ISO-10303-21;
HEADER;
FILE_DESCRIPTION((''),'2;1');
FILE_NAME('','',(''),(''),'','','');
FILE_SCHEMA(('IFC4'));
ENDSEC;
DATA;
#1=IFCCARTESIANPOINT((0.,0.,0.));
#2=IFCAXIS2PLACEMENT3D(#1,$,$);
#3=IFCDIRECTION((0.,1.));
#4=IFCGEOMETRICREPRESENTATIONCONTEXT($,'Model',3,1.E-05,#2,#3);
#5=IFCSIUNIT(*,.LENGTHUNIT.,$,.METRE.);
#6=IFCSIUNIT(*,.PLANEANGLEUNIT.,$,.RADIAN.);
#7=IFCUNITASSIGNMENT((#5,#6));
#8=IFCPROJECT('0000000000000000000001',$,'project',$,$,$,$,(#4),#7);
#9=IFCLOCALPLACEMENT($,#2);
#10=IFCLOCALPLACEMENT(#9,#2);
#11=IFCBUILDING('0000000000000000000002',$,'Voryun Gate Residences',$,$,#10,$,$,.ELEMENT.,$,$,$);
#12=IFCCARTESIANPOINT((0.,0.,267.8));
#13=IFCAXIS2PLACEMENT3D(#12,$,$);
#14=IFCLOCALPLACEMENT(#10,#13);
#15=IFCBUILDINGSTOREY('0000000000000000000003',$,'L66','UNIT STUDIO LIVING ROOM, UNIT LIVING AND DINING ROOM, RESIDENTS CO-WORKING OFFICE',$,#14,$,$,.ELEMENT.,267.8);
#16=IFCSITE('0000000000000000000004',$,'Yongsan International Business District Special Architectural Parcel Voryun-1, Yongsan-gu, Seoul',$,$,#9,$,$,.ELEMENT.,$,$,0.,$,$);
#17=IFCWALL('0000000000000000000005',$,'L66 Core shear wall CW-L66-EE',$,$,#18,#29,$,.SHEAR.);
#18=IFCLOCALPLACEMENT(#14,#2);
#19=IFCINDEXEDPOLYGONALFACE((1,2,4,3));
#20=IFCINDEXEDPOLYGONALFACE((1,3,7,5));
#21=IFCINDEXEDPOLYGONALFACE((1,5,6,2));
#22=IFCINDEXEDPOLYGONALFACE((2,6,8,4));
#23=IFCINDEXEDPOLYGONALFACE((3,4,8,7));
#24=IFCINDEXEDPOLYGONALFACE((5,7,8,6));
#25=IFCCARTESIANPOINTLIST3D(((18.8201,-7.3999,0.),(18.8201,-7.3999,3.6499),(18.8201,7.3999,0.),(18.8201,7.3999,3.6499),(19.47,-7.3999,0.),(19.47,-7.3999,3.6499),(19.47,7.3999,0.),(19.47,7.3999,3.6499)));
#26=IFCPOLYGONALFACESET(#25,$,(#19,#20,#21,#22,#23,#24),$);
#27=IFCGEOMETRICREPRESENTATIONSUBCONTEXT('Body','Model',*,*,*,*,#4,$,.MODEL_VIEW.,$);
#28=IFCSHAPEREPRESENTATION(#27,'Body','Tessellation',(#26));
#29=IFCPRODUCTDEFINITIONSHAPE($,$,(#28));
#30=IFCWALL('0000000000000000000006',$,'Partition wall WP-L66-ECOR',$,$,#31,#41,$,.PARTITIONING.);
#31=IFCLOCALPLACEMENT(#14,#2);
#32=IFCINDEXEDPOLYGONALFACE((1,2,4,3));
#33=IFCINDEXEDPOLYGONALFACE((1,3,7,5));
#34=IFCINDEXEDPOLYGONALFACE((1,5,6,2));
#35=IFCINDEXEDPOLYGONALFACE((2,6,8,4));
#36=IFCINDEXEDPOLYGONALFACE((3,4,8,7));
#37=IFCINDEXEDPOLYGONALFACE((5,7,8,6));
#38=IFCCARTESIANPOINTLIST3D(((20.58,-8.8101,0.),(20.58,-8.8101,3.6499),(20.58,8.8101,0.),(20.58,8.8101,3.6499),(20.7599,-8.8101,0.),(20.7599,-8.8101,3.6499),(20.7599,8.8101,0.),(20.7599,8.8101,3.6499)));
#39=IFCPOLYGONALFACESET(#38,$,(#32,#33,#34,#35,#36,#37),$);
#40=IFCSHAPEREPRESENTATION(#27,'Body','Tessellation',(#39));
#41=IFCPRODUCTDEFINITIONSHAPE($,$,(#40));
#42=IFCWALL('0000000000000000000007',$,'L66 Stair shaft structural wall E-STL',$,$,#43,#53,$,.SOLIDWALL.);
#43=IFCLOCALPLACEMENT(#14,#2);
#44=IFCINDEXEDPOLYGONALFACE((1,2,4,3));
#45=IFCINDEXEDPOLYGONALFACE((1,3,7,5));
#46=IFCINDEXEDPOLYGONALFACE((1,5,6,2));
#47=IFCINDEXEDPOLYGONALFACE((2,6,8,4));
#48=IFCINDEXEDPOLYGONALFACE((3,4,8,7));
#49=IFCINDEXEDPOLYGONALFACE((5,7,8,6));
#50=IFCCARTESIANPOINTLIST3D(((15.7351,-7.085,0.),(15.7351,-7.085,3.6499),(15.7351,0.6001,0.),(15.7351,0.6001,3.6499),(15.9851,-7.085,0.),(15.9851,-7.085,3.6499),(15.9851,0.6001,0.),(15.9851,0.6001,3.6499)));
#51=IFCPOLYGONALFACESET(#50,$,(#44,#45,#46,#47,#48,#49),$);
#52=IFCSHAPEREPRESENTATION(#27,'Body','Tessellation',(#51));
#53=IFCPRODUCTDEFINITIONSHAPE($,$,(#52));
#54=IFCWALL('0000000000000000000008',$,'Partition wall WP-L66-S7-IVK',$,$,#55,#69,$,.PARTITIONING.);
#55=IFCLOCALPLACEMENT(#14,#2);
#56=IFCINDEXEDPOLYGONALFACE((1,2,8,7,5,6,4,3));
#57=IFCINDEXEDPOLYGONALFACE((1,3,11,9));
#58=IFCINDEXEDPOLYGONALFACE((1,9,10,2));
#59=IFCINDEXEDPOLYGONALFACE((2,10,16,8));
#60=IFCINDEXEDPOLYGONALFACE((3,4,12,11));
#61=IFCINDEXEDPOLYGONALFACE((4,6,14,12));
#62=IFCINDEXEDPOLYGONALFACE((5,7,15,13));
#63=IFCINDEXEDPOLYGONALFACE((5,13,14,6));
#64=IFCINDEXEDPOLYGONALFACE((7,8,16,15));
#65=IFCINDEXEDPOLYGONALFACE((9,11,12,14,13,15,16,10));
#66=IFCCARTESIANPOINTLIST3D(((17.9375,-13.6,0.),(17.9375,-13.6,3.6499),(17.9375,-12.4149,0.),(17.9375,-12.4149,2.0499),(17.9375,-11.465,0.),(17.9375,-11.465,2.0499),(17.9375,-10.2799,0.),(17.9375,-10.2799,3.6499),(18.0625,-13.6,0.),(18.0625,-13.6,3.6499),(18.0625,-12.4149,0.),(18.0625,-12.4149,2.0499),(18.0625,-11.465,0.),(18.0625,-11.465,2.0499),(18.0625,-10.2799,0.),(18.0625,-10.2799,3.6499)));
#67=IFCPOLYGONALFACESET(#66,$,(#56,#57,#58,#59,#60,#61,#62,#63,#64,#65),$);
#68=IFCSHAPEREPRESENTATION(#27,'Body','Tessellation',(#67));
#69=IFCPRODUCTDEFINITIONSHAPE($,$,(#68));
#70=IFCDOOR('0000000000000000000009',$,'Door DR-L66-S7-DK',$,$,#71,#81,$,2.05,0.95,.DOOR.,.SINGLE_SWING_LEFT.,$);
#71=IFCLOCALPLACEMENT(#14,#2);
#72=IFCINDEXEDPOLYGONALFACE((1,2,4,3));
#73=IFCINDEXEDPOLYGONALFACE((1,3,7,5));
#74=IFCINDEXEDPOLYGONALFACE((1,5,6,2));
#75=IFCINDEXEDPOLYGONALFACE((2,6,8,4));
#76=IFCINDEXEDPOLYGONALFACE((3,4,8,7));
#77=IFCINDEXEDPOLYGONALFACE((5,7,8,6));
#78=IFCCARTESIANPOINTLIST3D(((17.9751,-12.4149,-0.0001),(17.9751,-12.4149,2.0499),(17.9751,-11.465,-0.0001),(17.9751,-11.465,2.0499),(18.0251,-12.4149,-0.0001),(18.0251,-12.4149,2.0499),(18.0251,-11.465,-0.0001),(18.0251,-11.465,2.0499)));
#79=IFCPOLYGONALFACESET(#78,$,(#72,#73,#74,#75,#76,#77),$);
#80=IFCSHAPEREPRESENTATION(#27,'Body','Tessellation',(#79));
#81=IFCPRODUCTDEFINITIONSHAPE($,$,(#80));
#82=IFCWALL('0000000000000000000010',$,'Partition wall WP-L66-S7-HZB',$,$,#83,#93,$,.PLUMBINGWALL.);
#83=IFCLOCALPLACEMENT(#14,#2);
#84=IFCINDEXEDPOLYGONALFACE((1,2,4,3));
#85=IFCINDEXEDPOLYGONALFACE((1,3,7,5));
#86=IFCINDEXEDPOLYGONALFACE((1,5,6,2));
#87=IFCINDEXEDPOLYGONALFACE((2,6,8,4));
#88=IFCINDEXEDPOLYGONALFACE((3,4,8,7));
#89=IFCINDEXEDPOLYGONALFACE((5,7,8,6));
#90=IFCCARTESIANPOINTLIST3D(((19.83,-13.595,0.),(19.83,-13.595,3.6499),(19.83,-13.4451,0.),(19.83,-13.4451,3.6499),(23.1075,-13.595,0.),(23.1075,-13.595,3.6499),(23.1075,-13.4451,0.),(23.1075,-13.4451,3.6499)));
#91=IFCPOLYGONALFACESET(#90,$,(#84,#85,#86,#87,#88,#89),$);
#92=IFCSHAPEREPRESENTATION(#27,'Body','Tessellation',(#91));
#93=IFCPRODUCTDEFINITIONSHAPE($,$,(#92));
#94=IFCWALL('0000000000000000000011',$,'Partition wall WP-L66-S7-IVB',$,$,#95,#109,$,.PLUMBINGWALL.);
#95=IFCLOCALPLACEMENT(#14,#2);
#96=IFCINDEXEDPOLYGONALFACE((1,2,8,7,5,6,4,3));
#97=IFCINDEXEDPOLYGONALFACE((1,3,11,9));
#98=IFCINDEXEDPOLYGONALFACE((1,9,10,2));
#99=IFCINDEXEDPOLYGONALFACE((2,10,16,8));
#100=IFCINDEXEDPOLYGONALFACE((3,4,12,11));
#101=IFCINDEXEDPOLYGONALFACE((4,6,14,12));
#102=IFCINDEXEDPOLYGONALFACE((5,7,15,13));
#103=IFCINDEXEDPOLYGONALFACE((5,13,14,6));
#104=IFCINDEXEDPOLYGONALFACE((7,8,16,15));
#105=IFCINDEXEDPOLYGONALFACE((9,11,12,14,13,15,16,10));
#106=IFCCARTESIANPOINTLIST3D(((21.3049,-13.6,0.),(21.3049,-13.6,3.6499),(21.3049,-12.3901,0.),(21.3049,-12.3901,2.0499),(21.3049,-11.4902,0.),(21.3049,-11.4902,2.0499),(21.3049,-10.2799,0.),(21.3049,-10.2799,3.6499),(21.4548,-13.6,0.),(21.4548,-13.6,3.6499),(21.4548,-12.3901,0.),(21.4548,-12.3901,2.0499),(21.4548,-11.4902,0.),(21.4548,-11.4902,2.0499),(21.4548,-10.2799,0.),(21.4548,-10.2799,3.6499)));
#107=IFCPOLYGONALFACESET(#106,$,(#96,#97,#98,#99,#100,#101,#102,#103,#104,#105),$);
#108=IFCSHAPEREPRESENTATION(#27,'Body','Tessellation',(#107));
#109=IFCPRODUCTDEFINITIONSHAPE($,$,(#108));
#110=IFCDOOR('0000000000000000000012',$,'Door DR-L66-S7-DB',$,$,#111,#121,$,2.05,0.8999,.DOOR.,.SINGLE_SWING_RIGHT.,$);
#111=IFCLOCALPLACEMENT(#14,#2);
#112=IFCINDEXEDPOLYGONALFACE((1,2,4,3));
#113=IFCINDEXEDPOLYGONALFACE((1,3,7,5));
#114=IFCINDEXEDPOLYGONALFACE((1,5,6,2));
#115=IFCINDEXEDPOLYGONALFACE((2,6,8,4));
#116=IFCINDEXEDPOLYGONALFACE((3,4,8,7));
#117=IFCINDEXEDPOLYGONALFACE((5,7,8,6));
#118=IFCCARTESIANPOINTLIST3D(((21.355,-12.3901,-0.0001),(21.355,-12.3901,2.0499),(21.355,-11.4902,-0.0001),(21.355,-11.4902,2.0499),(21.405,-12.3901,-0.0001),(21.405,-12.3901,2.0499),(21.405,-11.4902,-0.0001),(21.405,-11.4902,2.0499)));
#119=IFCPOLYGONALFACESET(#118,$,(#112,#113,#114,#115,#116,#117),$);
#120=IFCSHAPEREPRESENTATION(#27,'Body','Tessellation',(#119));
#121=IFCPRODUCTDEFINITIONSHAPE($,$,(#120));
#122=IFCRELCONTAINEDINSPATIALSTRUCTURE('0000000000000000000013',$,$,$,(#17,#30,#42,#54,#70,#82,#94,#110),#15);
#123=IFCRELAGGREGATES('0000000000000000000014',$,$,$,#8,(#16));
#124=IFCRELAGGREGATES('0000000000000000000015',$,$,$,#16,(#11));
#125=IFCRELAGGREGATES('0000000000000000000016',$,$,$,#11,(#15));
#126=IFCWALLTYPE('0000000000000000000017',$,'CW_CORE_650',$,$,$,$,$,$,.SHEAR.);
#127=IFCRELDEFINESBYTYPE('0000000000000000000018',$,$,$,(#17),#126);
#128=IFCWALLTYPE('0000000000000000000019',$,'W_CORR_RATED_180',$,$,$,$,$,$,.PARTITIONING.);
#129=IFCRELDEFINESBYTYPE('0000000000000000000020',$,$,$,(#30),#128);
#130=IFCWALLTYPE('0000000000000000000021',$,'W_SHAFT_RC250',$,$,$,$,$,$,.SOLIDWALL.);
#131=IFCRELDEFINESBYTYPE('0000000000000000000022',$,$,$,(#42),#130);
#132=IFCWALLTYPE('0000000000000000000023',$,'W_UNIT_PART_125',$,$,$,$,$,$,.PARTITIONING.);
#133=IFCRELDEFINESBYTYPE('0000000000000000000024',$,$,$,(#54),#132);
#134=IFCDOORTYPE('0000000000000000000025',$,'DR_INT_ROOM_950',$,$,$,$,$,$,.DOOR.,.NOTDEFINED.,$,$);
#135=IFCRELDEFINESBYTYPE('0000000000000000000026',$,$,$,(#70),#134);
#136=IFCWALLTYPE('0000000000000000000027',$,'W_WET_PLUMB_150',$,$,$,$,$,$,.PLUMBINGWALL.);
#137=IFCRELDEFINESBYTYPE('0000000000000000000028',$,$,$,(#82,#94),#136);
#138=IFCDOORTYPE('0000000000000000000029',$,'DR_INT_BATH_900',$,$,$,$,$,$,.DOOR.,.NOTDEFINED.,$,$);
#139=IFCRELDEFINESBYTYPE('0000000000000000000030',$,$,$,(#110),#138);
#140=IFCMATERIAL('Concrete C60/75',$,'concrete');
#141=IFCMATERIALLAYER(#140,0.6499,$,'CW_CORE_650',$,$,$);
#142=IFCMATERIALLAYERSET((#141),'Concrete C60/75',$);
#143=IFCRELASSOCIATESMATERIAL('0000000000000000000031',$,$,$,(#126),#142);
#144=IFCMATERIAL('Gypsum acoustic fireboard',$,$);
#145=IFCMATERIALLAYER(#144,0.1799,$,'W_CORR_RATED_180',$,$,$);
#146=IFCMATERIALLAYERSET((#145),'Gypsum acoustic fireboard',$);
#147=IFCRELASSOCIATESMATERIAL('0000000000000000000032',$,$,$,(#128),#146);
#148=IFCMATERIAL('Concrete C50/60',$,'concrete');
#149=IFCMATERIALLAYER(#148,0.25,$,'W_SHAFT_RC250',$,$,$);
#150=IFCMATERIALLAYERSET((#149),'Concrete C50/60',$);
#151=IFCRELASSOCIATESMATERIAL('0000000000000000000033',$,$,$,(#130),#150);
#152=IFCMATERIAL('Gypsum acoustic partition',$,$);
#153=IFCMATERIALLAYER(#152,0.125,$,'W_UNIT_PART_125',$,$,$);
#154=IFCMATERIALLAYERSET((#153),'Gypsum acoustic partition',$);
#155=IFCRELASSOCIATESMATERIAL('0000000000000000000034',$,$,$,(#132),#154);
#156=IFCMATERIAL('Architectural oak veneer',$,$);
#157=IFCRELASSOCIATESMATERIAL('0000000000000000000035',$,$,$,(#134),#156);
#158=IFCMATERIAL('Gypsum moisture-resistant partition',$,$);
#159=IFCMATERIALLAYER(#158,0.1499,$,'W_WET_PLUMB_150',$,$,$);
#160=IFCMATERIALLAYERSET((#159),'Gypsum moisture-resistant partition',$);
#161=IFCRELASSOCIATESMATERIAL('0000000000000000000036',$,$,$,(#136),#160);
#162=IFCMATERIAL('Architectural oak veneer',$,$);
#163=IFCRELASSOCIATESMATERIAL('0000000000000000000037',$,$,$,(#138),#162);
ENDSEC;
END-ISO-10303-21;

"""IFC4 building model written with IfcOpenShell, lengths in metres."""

from ifc_helpers import new_model, si_unit, direction, frame, frame_2d, origin, place, context, subcontext, project, spatial, rectangle, extrude, material, layer, layer_set, type_object, element, fill, save


model = new_model("IFC4")

# Units and contexts
model_context = context("Model", 3, precision=1e-05, world=origin(), true_north=direction((0.0, 1.0)))
body_context = subcontext(model_context, "Body", "Model", "MODEL_VIEW")
ifc_project = project(units=[si_unit("LENGTHUNIT", "METRE"), si_unit("PLANEANGLEUNIT", "RADIAN")], contexts=[model_context])

# Site, building, storey
site_placement = place(None, origin())
site = spatial("IfcSite", under=ifc_project, at=site_placement, Name="Yongsan International Business District Special Architectural Parcel Voryun-1, Yongsan-gu, Seoul", CompositionType="ELEMENT", RefElevation=0.0)
building_placement = place(site_placement, origin())
building = spatial("IfcBuilding", under=site, at=building_placement, Name="Voryun Gate Residences", CompositionType="ELEMENT")
storey_placement = place(building_placement, frame((0.0, 0.0, 267.8)))
storey = spatial("IfcBuildingStorey", under=building, at=storey_placement, Name="L66", Description="UNIT STUDIO LIVING ROOM, UNIT LIVING AND DINING ROOM, RESIDENTS CO-WORKING OFFICE", CompositionType="ELEMENT", Elevation=267.8)

# Walls
ifc_material_1 = material(Name="Concrete C60/75", Category="concrete")
ifc_layer_1 = layer(ifc_material_1, 0.6499, Name="CW_CORE_650")
ifc_layer_set_1 = layer_set([ifc_layer_1], Name="Concrete C60/75")
wall_type_1 = type_object("IfcWallType", Name="CW_CORE_650", PredefinedType="SHEAR", material=ifc_layer_set_1)
wall_1_placement = place(storey_placement, frame((19.145, -7.3999, 0.0), z_axis=(0.0, 0.0, 1.0), x_axis=(0.0, 1.0, 0.0)))
element("IfcWall", 1, at=wall_1_placement, inside=storey, type_object=wall_type_1, Name="L66 Core shear wall CW-L66-EE", PredefinedType="SHEAR", context=body_context, shape_type="SweptSolid", body=[
    extrude(rectangle(XDim=14.7998, YDim=0.6499, at=frame_2d((7.3999, 0.0))), origin(), (0.0, 0.0, 1.0), 3.6499),
])
ifc_material_2 = material(Name="Gypsum acoustic fireboard")
ifc_layer_2 = layer(ifc_material_2, 0.1799, Name="W_CORR_RATED_180")
ifc_layer_set_2 = layer_set([ifc_layer_2], Name="Gypsum acoustic fireboard")
wall_type_2 = type_object("IfcWallType", Name="W_CORR_RATED_180", PredefinedType="PARTITIONING", material=ifc_layer_set_2)
wall_2_placement = place(storey_placement, frame((20.6699, -8.8101, 0.0), z_axis=(0.0, 0.0, 1.0), x_axis=(0.0, 1.0, 0.0)))
element("IfcWall", 2, at=wall_2_placement, inside=storey, type_object=wall_type_2, Name="Partition wall WP-L66-ECOR", PredefinedType="PARTITIONING", context=body_context, shape_type="SweptSolid", body=[
    extrude(rectangle(XDim=17.6201, YDim=0.1799, at=frame_2d((8.8101, 0.0))), origin(), (0.0, 0.0, 1.0), 3.6499),
])
ifc_material_3 = material(Name="Concrete C50/60", Category="concrete")
ifc_layer_3 = layer(ifc_material_3, 0.25, Name="W_SHAFT_RC250")
ifc_layer_set_3 = layer_set([ifc_layer_3], Name="Concrete C50/60")
wall_type_3 = type_object("IfcWallType", Name="W_SHAFT_RC250", PredefinedType="SOLIDWALL", material=ifc_layer_set_3)
wall_3_placement = place(storey_placement, frame((15.8601, -7.085, 0.0), z_axis=(0.0, 0.0, 1.0), x_axis=(0.0, 1.0, 0.0)))
element("IfcWall", 3, at=wall_3_placement, inside=storey, type_object=wall_type_3, Name="L66 Stair shaft structural wall E-STL", PredefinedType="SOLIDWALL", context=body_context, shape_type="SweptSolid", body=[
    extrude(rectangle(XDim=7.6851, YDim=0.25, at=frame_2d((3.8425, 0.0))), origin(), (0.0, 0.0, 1.0), 3.6499),
])

# Wall, opening, door
ifc_material_4 = material(Name="Gypsum acoustic partition")
ifc_layer_4 = layer(ifc_material_4, 0.125, Name="W_UNIT_PART_125")
ifc_layer_set_4 = layer_set([ifc_layer_4], Name="Gypsum acoustic partition")
wall_type_4 = type_object("IfcWallType", Name="W_UNIT_PART_125", PredefinedType="PARTITIONING", material=ifc_layer_set_4)
wall_4_placement = place(storey_placement, frame((18.0, -13.6001, 0.0), z_axis=(0.0, 0.0, 1.0), x_axis=(0.0, 1.0, 0.0)))
wall_4 = element("IfcWall", 4, at=wall_4_placement, inside=storey, type_object=wall_type_4, Name="Partition wall WP-L66-S7-IVK", PredefinedType="PARTITIONING", context=body_context, shape_type="SweptSolid", body=[
    extrude(rectangle(XDim=3.3201, YDim=0.125, at=frame_2d((1.6602, 0.0))), origin(), (0.0, 0.0, 1.0), 3.6499),
])
opening_1_placement = place(wall_4_placement, frame((1.1851, 0.0, 0.0)))
opening_1 = element("IfcOpeningElement", 5, at=opening_1_placement, cuts=wall_4, PredefinedType="OPENING", context=body_context, shape_type="SweptSolid", body=[
    extrude(rectangle(XDim=0.95, YDim=2.05, at=frame_2d((0.4751, 1.0249))), frame((0.0, 0.0725, 0.0), z_axis=(0.0, -1.0, 0.0), x_axis=(1.0, 0.0, 0.0)), (0.0, 0.0, 1.0), 0.145),
])
ifc_material_5 = material(Name="Architectural oak veneer")
door_type_1 = type_object("IfcDoorType", Name="DR_INT_ROOM_950", OperationType="NOTDEFINED", PredefinedType="DOOR", material=ifc_material_5)
door_1_placement = place(opening_1_placement, origin())
door_1 = element("IfcDoor", 6, at=door_1_placement, inside=storey, type_object=door_type_1, Name="Door DR-L66-S7-DK", OperationType="SINGLE_SWING_LEFT", OverallHeight=2.05, OverallWidth=0.95, PredefinedType="DOOR", context=body_context, shape_type="SweptSolid", body=[
    extrude(rectangle(XDim=0.95, YDim=2.05, at=frame_2d((0.4751, 1.0249))), frame((0.0, 0.0249, 0.0), z_axis=(0.0, -1.0, 0.0), x_axis=(1.0, 0.0, 0.0)), (0.0, 0.0, 1.0), 0.05),
])
fill(opening_1, door_1)

# Wall
ifc_material_6 = material(Name="Gypsum moisture-resistant partition")
ifc_layer_5 = layer(ifc_material_6, 0.1499, Name="W_WET_PLUMB_150")
ifc_layer_set_5 = layer_set([ifc_layer_5], Name="Gypsum moisture-resistant partition")
wall_type_5 = type_object("IfcWallType", Name="W_WET_PLUMB_150", PredefinedType="PLUMBINGWALL", material=ifc_layer_set_5)
wall_5_placement = place(storey_placement, frame((19.8301, -13.52, 0.0), z_axis=(0.0, 0.0, 1.0), x_axis=(1.0, 0.0, 0.0)))
element("IfcWall", 7, at=wall_5_placement, inside=storey, type_object=wall_type_5, Name="Partition wall WP-L66-S7-HZB", PredefinedType="PLUMBINGWALL", context=body_context, shape_type="SweptSolid", body=[
    extrude(rectangle(XDim=3.2776, YDim=0.1499, at=frame_2d((1.6387, 0.0))), origin(), (0.0, 0.0, 1.0), 3.6499),
])

# Wall, opening, door
wall_6_placement = place(storey_placement, frame((21.3799, -13.6001, 0.0), z_axis=(0.0, 0.0, 1.0), x_axis=(0.0, 1.0, 0.0)))
wall_6 = element("IfcWall", 8, at=wall_6_placement, inside=storey, type_object=wall_type_5, Name="Partition wall WP-L66-S7-IVB", PredefinedType="PLUMBINGWALL", context=body_context, shape_type="SweptSolid", body=[
    extrude(rectangle(XDim=3.3201, YDim=0.1499, at=frame_2d((1.6602, 0.0))), origin(), (0.0, 0.0, 1.0), 3.6499),
])
opening_2_placement = place(wall_6_placement, frame((1.21, 0.0, 0.0)))
opening_2 = element("IfcOpeningElement", 9, at=opening_2_placement, cuts=wall_6, PredefinedType="OPENING", context=body_context, shape_type="SweptSolid", body=[
    extrude(rectangle(XDim=0.8999, YDim=2.05, at=frame_2d((0.45, 1.0249))), frame((0.0, 0.085, 0.0), z_axis=(0.0, -1.0, 0.0), x_axis=(1.0, 0.0, 0.0)), (0.0, 0.0, 1.0), 0.1699),
])
ifc_material_7 = material(Name="Architectural oak veneer")
door_type_2 = type_object("IfcDoorType", Name="DR_INT_BATH_900", OperationType="NOTDEFINED", PredefinedType="DOOR", material=ifc_material_7)
door_2_placement = place(opening_2_placement, origin())
door_2 = element("IfcDoor", 10, at=door_2_placement, inside=storey, type_object=door_type_2, Name="Door DR-L66-S7-DB", OperationType="SINGLE_SWING_RIGHT", OverallHeight=2.05, OverallWidth=0.8999, PredefinedType="DOOR", context=body_context, shape_type="SweptSolid", body=[
    extrude(rectangle(XDim=0.8999, YDim=2.05, at=frame_2d((0.45, 1.0249))), frame((0.0, 0.0249, 0.0), z_axis=(0.0, -1.0, 0.0), x_axis=(1.0, 0.0, 0.0)), (0.0, 0.0, 1.0), 0.05),
])
fill(opening_2, door_2)

save(model, "model.ifc")
